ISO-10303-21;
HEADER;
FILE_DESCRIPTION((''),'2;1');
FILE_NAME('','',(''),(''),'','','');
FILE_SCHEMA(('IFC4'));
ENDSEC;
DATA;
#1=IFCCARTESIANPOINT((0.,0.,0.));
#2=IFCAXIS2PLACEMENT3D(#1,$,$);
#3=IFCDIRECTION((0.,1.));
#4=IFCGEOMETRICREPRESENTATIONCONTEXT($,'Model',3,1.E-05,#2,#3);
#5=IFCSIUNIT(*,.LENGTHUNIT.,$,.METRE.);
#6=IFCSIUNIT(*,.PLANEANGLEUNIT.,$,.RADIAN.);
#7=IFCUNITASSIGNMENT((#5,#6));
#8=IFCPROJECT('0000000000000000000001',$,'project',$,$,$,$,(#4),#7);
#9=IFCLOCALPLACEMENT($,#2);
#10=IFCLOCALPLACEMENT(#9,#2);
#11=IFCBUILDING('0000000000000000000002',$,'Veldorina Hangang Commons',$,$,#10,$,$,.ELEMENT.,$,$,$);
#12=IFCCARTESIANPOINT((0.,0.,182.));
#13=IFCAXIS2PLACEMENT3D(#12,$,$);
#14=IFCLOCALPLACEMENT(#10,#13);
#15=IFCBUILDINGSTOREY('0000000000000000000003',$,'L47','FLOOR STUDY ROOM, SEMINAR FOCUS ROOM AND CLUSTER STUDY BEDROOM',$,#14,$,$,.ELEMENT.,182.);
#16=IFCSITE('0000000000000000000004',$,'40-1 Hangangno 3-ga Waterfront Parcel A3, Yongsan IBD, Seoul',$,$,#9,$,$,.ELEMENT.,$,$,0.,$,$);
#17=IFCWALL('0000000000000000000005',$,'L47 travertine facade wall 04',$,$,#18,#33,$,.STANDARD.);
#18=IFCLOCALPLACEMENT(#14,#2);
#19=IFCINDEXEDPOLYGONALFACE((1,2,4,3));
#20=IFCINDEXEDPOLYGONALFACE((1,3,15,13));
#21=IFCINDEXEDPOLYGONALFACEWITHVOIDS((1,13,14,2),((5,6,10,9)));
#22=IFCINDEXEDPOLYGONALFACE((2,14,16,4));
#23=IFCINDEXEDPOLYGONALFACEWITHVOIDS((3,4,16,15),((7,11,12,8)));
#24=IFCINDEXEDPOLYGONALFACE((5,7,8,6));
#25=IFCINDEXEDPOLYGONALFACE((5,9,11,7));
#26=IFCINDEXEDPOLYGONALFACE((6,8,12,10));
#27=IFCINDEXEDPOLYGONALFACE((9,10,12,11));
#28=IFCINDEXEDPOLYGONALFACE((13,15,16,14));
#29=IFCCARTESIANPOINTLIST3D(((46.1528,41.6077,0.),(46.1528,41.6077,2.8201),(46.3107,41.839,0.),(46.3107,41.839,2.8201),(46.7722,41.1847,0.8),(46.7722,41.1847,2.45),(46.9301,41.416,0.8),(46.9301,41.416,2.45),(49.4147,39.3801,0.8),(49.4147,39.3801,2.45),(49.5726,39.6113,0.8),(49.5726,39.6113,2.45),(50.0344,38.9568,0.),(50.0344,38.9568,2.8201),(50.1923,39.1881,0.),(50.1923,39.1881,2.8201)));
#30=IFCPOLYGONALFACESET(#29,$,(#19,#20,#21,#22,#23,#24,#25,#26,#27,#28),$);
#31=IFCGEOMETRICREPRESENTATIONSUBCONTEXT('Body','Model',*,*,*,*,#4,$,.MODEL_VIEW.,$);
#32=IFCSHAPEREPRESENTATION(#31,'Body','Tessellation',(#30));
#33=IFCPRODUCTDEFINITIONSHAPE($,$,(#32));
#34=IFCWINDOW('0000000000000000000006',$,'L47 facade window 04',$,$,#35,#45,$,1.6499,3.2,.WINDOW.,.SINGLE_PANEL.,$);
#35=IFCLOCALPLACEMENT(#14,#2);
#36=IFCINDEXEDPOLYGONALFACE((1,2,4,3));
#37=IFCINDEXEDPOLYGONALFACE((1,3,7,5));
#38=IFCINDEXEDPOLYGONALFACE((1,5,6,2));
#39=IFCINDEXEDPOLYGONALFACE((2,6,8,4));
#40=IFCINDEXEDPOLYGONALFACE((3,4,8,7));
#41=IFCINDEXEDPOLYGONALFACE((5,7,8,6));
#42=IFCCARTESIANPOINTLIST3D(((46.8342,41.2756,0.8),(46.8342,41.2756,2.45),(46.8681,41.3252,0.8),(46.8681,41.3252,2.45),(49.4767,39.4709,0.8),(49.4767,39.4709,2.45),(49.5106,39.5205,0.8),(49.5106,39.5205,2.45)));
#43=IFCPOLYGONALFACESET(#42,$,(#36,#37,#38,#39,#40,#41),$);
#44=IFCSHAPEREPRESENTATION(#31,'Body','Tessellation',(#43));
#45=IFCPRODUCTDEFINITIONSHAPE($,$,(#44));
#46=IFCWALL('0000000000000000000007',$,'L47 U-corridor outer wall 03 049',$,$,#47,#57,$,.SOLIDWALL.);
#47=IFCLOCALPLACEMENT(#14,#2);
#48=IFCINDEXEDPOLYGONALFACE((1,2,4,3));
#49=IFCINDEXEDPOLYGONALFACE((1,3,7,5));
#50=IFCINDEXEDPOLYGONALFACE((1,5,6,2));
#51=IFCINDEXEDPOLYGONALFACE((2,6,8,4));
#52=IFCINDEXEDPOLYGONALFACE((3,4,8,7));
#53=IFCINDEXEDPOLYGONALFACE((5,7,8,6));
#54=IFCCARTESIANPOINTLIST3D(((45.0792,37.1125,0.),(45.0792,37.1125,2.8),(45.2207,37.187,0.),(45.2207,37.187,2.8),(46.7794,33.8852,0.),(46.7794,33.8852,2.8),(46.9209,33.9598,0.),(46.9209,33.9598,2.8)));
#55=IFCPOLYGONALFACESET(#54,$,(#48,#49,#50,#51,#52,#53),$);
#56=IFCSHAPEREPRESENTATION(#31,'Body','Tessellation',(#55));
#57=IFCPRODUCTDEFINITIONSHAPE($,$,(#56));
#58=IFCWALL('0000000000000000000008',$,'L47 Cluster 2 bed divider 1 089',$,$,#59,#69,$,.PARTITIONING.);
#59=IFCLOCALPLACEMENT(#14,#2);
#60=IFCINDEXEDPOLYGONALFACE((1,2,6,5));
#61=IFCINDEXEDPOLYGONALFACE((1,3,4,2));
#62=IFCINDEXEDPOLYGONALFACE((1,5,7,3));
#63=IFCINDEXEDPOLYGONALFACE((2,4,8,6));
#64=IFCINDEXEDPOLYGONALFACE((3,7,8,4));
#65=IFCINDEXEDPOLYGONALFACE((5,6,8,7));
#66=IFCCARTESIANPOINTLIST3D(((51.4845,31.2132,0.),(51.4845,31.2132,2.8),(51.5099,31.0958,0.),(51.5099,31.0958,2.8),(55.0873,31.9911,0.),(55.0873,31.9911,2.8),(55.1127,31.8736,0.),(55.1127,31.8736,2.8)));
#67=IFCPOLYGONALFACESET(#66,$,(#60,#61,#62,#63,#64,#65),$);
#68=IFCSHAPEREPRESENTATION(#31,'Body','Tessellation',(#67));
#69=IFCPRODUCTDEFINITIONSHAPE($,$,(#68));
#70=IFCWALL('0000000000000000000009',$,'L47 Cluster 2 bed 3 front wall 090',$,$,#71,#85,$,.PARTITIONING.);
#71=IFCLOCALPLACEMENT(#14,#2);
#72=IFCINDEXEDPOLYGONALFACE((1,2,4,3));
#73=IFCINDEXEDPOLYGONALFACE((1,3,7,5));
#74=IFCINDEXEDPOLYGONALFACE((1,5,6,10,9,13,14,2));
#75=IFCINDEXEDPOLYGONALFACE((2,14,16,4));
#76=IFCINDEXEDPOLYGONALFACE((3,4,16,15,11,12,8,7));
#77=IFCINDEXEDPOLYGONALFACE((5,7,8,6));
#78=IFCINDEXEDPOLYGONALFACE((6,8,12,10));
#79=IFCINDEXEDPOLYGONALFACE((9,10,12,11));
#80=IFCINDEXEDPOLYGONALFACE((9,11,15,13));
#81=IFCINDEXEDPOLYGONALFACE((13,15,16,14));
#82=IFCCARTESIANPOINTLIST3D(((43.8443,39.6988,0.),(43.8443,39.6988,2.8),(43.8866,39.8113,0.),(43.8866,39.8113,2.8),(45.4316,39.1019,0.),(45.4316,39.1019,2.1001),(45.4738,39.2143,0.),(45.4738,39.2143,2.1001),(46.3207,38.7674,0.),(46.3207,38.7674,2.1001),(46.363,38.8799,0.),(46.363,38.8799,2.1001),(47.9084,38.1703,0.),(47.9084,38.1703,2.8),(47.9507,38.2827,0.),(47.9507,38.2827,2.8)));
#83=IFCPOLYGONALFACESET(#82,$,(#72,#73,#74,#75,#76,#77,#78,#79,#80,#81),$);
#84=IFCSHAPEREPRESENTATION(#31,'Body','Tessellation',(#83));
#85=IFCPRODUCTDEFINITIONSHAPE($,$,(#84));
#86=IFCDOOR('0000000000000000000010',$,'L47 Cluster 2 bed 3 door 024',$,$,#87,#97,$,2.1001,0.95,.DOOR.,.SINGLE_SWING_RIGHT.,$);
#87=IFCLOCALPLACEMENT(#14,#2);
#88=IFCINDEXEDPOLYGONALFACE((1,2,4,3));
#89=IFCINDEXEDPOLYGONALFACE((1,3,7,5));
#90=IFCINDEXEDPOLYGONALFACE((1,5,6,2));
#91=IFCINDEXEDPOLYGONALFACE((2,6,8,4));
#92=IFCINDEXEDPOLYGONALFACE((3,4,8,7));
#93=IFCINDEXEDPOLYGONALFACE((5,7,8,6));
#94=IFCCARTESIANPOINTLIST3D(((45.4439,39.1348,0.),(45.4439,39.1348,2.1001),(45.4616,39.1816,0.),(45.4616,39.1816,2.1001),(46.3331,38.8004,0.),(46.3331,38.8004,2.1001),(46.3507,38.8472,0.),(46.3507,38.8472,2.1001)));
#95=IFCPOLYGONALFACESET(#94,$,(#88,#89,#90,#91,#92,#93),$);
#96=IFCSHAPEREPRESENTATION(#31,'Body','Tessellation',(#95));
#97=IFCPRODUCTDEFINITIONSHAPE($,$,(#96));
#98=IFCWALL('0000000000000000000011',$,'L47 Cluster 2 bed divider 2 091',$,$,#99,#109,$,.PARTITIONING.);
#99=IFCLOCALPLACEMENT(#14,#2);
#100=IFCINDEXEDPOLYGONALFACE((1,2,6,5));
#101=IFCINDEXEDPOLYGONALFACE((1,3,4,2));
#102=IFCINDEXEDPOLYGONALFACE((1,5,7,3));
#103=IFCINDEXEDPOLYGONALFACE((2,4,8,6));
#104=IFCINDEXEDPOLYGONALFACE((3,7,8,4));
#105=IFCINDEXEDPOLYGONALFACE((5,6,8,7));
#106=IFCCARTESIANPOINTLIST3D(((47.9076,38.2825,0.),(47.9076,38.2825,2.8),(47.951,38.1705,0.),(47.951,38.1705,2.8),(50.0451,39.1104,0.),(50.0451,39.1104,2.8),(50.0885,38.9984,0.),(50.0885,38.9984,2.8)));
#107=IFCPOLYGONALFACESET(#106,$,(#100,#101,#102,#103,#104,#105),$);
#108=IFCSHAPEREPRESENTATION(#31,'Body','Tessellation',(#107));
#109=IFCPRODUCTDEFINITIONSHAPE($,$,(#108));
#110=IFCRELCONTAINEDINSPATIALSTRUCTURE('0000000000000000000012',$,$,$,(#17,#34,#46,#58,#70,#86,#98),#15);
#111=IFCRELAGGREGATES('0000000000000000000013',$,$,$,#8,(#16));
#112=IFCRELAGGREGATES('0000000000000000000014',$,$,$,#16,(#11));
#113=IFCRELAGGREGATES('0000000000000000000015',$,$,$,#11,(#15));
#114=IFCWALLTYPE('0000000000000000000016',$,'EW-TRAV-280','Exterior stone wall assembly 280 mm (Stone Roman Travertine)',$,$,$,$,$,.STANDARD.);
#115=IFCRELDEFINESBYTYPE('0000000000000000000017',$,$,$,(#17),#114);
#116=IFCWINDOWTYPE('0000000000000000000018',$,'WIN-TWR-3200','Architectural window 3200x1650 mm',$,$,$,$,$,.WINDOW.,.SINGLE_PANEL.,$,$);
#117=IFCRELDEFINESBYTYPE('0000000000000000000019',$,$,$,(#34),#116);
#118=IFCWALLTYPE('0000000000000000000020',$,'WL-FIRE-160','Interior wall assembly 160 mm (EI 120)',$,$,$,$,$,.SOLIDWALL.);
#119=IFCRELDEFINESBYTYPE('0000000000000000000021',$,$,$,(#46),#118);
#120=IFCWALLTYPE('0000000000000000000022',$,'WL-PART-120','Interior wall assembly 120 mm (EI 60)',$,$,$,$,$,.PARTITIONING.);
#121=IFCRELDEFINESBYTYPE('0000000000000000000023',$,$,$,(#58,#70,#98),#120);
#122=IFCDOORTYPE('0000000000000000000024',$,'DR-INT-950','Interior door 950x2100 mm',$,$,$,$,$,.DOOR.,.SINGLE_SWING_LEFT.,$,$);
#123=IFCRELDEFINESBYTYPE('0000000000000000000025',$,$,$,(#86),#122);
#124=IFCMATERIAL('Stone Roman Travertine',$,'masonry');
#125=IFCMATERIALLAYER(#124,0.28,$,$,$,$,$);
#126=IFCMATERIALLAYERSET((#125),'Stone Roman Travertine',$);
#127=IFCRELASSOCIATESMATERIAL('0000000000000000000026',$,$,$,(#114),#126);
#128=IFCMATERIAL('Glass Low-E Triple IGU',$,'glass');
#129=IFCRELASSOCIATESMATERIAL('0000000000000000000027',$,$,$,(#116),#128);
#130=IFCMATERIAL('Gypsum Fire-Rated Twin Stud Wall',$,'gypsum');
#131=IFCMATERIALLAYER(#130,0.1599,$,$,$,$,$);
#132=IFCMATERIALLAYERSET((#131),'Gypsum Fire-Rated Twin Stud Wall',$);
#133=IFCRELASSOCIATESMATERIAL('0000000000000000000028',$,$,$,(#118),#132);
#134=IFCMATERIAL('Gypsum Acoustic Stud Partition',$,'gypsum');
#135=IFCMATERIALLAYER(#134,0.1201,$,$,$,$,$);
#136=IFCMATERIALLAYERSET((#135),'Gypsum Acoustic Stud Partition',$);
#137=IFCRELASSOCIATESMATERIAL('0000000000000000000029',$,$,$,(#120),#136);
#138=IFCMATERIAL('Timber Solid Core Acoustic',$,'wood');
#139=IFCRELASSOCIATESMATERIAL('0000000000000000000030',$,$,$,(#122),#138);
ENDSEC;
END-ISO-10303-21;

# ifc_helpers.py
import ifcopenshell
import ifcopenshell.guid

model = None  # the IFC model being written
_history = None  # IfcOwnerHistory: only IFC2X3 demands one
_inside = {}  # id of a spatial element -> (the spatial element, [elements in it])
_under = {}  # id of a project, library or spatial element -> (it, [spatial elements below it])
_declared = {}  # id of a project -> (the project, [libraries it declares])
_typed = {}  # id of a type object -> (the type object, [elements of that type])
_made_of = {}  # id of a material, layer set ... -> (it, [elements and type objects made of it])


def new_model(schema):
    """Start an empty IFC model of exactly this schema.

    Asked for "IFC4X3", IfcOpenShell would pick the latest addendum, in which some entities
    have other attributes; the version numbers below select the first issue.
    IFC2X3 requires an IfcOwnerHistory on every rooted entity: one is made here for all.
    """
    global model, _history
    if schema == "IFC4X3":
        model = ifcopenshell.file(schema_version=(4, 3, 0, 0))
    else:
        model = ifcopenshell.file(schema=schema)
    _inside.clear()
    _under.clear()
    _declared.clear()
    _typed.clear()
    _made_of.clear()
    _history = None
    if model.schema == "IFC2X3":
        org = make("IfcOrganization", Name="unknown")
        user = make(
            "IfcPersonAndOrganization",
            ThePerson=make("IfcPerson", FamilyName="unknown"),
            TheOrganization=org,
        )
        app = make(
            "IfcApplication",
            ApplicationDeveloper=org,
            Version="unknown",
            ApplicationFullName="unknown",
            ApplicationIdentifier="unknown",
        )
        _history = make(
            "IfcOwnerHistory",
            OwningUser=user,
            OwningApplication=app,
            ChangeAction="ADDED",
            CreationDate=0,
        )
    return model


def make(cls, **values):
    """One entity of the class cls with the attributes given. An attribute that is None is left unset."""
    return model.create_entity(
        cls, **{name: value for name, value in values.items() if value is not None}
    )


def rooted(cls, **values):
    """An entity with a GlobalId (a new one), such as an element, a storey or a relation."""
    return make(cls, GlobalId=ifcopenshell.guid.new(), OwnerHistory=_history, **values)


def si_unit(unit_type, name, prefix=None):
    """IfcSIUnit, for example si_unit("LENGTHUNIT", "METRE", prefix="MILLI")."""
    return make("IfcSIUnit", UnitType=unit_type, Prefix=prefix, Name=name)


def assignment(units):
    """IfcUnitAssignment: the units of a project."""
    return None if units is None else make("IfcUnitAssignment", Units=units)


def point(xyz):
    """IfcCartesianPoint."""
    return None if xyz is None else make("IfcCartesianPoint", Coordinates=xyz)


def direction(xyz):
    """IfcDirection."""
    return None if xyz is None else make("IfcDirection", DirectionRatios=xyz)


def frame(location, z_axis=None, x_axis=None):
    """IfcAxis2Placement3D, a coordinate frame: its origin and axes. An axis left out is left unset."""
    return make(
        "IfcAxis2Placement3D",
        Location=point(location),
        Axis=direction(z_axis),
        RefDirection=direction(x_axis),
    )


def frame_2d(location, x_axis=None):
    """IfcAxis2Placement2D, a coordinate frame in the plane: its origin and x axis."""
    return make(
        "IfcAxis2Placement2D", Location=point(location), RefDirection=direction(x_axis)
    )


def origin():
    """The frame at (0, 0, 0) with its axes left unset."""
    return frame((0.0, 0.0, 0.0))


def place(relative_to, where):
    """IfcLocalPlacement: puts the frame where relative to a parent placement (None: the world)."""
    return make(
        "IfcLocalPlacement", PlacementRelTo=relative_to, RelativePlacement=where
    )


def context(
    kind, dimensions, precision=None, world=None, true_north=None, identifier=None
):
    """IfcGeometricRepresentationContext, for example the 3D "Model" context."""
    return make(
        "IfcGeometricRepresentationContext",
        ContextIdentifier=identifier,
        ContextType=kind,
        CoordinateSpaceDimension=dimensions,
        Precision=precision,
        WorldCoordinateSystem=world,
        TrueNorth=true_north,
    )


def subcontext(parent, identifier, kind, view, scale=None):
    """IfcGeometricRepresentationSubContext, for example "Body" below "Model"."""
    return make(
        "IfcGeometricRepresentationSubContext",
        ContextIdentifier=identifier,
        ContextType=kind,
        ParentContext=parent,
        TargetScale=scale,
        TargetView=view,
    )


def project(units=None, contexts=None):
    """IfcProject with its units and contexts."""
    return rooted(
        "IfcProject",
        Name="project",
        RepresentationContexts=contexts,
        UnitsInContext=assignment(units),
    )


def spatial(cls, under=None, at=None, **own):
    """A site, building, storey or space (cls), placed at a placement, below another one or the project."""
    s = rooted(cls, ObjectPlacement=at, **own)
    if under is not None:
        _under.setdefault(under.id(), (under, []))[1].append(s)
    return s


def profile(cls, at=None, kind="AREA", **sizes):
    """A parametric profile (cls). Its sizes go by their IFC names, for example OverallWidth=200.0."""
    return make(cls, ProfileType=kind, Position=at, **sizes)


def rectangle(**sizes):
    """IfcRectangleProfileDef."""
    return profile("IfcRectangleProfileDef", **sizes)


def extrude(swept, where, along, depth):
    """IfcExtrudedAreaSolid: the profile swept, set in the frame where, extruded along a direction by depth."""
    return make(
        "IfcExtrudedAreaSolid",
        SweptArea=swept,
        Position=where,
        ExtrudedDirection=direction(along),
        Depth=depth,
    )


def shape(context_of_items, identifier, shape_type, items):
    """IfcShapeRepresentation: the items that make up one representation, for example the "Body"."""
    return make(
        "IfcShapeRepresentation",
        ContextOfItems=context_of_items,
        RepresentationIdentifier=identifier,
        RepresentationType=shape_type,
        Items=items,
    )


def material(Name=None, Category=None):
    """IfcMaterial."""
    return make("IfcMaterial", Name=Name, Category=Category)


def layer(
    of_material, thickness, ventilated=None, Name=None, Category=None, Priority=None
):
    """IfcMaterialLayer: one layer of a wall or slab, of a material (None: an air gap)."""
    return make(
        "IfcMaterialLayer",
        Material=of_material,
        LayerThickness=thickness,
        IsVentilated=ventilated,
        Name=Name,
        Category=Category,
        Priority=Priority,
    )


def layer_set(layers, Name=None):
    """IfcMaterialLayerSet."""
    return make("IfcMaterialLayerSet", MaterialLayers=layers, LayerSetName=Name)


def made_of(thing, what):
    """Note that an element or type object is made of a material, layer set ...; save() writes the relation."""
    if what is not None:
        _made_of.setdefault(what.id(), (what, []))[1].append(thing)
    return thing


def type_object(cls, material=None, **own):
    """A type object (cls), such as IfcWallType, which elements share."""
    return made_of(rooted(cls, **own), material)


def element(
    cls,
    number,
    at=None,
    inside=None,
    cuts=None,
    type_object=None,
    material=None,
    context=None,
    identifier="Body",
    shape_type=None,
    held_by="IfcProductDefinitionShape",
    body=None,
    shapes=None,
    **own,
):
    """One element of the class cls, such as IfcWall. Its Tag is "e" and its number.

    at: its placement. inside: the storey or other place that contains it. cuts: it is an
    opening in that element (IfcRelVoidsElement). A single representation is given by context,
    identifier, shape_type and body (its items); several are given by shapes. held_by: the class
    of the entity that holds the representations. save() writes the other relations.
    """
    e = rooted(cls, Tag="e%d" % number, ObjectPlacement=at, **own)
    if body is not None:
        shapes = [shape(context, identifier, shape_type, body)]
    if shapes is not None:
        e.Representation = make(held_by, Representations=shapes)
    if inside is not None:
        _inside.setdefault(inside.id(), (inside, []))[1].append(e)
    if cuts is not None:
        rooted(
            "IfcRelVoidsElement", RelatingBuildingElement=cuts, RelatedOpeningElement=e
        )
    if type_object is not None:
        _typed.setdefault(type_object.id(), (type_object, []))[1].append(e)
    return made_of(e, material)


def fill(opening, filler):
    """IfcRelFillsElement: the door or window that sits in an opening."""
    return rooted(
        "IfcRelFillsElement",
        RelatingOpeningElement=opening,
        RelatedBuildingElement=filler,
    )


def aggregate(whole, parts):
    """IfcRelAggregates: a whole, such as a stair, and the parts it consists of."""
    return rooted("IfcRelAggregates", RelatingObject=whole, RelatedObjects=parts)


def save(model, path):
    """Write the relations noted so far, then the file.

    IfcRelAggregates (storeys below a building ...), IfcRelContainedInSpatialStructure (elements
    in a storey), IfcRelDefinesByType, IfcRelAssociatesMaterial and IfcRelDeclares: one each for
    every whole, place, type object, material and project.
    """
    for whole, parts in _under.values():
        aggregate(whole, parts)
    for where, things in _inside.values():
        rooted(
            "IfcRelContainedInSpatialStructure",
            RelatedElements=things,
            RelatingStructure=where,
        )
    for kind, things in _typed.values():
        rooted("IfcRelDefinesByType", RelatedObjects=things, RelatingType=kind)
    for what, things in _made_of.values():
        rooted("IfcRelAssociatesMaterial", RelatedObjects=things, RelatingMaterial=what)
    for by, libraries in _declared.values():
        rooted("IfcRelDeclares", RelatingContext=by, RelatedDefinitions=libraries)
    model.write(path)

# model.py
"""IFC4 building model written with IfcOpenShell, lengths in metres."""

from ifc_helpers import new_model, si_unit, direction, frame, frame_2d, origin, place, context, subcontext, project, spatial, rectangle, extrude, material, layer, layer_set, type_object, element, fill, save


model = new_model("IFC4")

# Units and contexts
model_context = context("Model", 3, precision=1e-05, world=origin(), true_north=direction((0.0, 1.0)))
body_context = subcontext(model_context, "Body", "Model", "MODEL_VIEW")
ifc_project = project(units=[si_unit("LENGTHUNIT", "METRE"), si_unit("PLANEANGLEUNIT", "RADIAN")], contexts=[model_context])

# Site, building, storey
site_placement = place(None, origin())
site = spatial("IfcSite", under=ifc_project, at=site_placement, Name="40-1 Hangangno 3-ga Waterfront Parcel A3, Yongsan IBD, Seoul", CompositionType="ELEMENT", RefElevation=0.0)
building_placement = place(site_placement, origin())
building = spatial("IfcBuilding", under=site, at=building_placement, Name="Veldorina Hangang Commons", CompositionType="ELEMENT")
storey_placement = place(building_placement, frame((0.0, 0.0, 182.0)))
storey = spatial("IfcBuildingStorey", under=building, at=storey_placement, Name="L47", Description="FLOOR STUDY ROOM, SEMINAR FOCUS ROOM AND CLUSTER STUDY BEDROOM", CompositionType="ELEMENT", Elevation=182.0)

# Shared definitions
ifc_material_1 = material(Name="Glass Low-E Triple IGU", Category="glass")

# Shared definitions
ifc_material_2 = material(Name="Stone Roman Travertine", Category="masonry")
ifc_layer_1 = layer(ifc_material_2, 0.28)
ifc_layer_set_1 = layer_set([ifc_layer_1], Name="Stone Roman Travertine")
wall_type_1 = type_object("IfcWallType", Name="EW-TRAV-280", Description="Exterior stone wall assembly 280 mm (Stone Roman Travertine)", PredefinedType="STANDARD", material=ifc_layer_set_1)

# Wall, opening, window
window_type = type_object("IfcWindowType", Name="WIN-TWR-3200", Description="Architectural window 3200x1650 mm", PartitioningType="SINGLE_PANEL", PredefinedType="WINDOW", material=ifc_material_1)
wall_1_placement = place(storey_placement, frame((50.1133, 39.0725, 0.0), z_axis=(0.0, 0.0, 1.0), x_axis=(-0.825797, 0.563967, 0.0)))
wall_1 = element("IfcWall", 1, at=wall_1_placement, inside=storey, type_object=wall_type_1, Name="L47 travertine facade wall 04", PredefinedType="STANDARD", context=body_context, shape_type="SweptSolid", body=[
    extrude(rectangle(XDim=4.7004, YDim=0.28, at=frame_2d((2.3501, 0.0))), origin(), (0.0, 0.0, 1.0), 2.8201),
])
opening_1_placement = place(wall_1_placement, frame((0.7502, 0.0, 0.8)))
opening_1 = element("IfcOpeningElement", 2, at=opening_1_placement, cuts=wall_1, PredefinedType="OPENING", context=body_context, shape_type="SweptSolid", body=[
    extrude(rectangle(XDim=3.2, YDim=1.6499, at=frame_2d((1.6001, 0.825))), frame((0.0, 0.1499, 0.0), z_axis=(0.0, -1.0, 0.0), x_axis=(1.0, 0.0, 0.0)), (0.0, 0.0, 1.0), 0.3),
])
window_1_placement = place(opening_1_placement, origin())
window_1 = element("IfcWindow", 3, at=window_1_placement, inside=storey, type_object=window_type, Name="L47 facade window 04", OverallHeight=1.6499, OverallWidth=3.2, PartitioningType="SINGLE_PANEL", PredefinedType="WINDOW", context=body_context, shape_type="SweptSolid", body=[
    extrude(rectangle(XDim=3.2, YDim=1.6499, at=frame_2d((1.6001, 0.825))), frame((0.0, 0.03, 0.0), z_axis=(0.0, -1.0, 0.0), x_axis=(1.0, 0.0, 0.0)), (0.0, 0.0, 1.0), 0.0601),
])
fill(opening_1, window_1)

# Walls
ifc_material_3 = material(Name="Gypsum Fire-Rated Twin Stud Wall", Category="gypsum")
ifc_layer_2 = layer(ifc_material_3, 0.1599)
ifc_layer_set_2 = layer_set([ifc_layer_2], Name="Gypsum Fire-Rated Twin Stud Wall")
wall_type_2 = type_object("IfcWallType", Name="WL-FIRE-160", Description="Interior wall assembly 160 mm (EI 120)", PredefinedType="SOLIDWALL", material=ifc_layer_set_2)
wall_2_placement = place(storey_placement, frame((46.8501, 33.9226, 0.0), z_axis=(0.0, 0.0, 1.0), x_axis=(-0.466094, 0.884735, 0.0)))
element("IfcWall", 4, at=wall_2_placement, inside=storey, type_object=wall_type_2, Name="L47 U-corridor outer wall 03 049", PredefinedType="SOLIDWALL", context=body_context, shape_type="SweptSolid", body=[
    extrude(rectangle(XDim=3.6477, YDim=0.1599, at=frame_2d((1.8237, 0.0))), origin(), (0.0, 0.0, 1.0), 2.8),
])
ifc_material_4 = material(Name="Gypsum Acoustic Stud Partition", Category="gypsum")
ifc_layer_3 = layer(ifc_material_4, 0.1201)
ifc_layer_set_3 = layer_set([ifc_layer_3], Name="Gypsum Acoustic Stud Partition")
wall_type_3 = type_object("IfcWallType", Name="WL-PART-120", Description="Interior wall assembly 120 mm (EI 60)", PredefinedType="PARTITIONING", material=ifc_layer_set_3)
wall_3_placement = place(storey_placement, frame((51.4973, 31.1545, 0.0), z_axis=(0.0, 0.0, 1.0), x_axis=(0.977478, 0.211035, 0.0)))
element("IfcWall", 5, at=wall_3_placement, inside=storey, type_object=wall_type_3, Name="L47 Cluster 2 bed divider 1 089", PredefinedType="PARTITIONING", context=body_context, shape_type="SweptSolid", body=[
    extrude(rectangle(XDim=3.6858, YDim=0.1201, at=frame_2d((1.8428, 0.0))), origin(), (0.0, 0.0, 1.0), 2.8),
])

# Wall, opening, door
wall_4_placement = place(storey_placement, frame((47.9294, 38.2266, 0.0), z_axis=(0.0, 0.0, 1.0), x_axis=(-0.935989, 0.352029, 0.0)))
wall_4 = element("IfcWall", 6, at=wall_4_placement, inside=storey, type_object=wall_type_3, Name="L47 Cluster 2 bed 3 front wall 090", PredefinedType="PARTITIONING", context=body_context, shape_type="SweptSolid", body=[
    extrude(rectangle(XDim=4.342, YDim=0.1201, at=frame_2d((2.1709, 0.0))), origin(), (0.0, 0.0, 1.0), 2.8),
])
opening_2_placement = place(wall_4_placement, frame((1.696, 0.0, 0.0)))
opening_2 = element("IfcOpeningElement", 7, at=opening_2_placement, cuts=wall_4, PredefinedType="OPENING", context=body_context, shape_type="SweptSolid", body=[
    extrude(rectangle(XDim=0.95, YDim=2.1001, at=frame_2d((0.4751, 1.05))), frame((0.0, 0.0701, 0.0), z_axis=(0.0, -1.0, 0.0), x_axis=(1.0, 0.0, 0.0)), (0.0, 0.0, 1.0), 0.1401),
])
ifc_material_5 = material(Name="Timber Solid Core Acoustic", Category="wood")
door_type = type_object("IfcDoorType", Name="DR-INT-950", Description="Interior door 950x2100 mm", OperationType="SINGLE_SWING_LEFT", PredefinedType="DOOR", material=ifc_material_5)
door_placement = place(opening_2_placement, origin())
door = element("IfcDoor", 8, at=door_placement, inside=storey, type_object=door_type, Name="L47 Cluster 2 bed 3 door 024", OperationType="SINGLE_SWING_RIGHT", OverallHeight=2.1001, OverallWidth=0.95, PredefinedType="DOOR", context=body_context, shape_type="SweptSolid", body=[
    extrude(rectangle(XDim=0.95, YDim=2.1001, at=frame_2d((0.4751, 1.05))), frame((0.0, 0.0249, 0.0), z_axis=(0.0, -1.0, 0.0), x_axis=(1.0, 0.0, 0.0)), (0.0, 0.0, 1.0), 0.05),
])
fill(opening_2, door)

# Wall
wall_5_placement = place(storey_placement, frame((47.9294, 38.2266, 0.0), z_axis=(0.0, 0.0, 1.0), x_axis=(0.932498, 0.361176, 0.0)))
element("IfcWall", 9, at=wall_5_placement, inside=storey, type_object=wall_type_3, Name="L47 Cluster 2 bed divider 2 091", PredefinedType="PARTITIONING", context=body_context, shape_type="SweptSolid", body=[
    extrude(rectangle(XDim=2.2922, YDim=0.1201, at=frame_2d((1.146, 0.0))), origin(), (0.0, 0.0, 1.0), 2.8),
])

save(model, "model.ifc")
